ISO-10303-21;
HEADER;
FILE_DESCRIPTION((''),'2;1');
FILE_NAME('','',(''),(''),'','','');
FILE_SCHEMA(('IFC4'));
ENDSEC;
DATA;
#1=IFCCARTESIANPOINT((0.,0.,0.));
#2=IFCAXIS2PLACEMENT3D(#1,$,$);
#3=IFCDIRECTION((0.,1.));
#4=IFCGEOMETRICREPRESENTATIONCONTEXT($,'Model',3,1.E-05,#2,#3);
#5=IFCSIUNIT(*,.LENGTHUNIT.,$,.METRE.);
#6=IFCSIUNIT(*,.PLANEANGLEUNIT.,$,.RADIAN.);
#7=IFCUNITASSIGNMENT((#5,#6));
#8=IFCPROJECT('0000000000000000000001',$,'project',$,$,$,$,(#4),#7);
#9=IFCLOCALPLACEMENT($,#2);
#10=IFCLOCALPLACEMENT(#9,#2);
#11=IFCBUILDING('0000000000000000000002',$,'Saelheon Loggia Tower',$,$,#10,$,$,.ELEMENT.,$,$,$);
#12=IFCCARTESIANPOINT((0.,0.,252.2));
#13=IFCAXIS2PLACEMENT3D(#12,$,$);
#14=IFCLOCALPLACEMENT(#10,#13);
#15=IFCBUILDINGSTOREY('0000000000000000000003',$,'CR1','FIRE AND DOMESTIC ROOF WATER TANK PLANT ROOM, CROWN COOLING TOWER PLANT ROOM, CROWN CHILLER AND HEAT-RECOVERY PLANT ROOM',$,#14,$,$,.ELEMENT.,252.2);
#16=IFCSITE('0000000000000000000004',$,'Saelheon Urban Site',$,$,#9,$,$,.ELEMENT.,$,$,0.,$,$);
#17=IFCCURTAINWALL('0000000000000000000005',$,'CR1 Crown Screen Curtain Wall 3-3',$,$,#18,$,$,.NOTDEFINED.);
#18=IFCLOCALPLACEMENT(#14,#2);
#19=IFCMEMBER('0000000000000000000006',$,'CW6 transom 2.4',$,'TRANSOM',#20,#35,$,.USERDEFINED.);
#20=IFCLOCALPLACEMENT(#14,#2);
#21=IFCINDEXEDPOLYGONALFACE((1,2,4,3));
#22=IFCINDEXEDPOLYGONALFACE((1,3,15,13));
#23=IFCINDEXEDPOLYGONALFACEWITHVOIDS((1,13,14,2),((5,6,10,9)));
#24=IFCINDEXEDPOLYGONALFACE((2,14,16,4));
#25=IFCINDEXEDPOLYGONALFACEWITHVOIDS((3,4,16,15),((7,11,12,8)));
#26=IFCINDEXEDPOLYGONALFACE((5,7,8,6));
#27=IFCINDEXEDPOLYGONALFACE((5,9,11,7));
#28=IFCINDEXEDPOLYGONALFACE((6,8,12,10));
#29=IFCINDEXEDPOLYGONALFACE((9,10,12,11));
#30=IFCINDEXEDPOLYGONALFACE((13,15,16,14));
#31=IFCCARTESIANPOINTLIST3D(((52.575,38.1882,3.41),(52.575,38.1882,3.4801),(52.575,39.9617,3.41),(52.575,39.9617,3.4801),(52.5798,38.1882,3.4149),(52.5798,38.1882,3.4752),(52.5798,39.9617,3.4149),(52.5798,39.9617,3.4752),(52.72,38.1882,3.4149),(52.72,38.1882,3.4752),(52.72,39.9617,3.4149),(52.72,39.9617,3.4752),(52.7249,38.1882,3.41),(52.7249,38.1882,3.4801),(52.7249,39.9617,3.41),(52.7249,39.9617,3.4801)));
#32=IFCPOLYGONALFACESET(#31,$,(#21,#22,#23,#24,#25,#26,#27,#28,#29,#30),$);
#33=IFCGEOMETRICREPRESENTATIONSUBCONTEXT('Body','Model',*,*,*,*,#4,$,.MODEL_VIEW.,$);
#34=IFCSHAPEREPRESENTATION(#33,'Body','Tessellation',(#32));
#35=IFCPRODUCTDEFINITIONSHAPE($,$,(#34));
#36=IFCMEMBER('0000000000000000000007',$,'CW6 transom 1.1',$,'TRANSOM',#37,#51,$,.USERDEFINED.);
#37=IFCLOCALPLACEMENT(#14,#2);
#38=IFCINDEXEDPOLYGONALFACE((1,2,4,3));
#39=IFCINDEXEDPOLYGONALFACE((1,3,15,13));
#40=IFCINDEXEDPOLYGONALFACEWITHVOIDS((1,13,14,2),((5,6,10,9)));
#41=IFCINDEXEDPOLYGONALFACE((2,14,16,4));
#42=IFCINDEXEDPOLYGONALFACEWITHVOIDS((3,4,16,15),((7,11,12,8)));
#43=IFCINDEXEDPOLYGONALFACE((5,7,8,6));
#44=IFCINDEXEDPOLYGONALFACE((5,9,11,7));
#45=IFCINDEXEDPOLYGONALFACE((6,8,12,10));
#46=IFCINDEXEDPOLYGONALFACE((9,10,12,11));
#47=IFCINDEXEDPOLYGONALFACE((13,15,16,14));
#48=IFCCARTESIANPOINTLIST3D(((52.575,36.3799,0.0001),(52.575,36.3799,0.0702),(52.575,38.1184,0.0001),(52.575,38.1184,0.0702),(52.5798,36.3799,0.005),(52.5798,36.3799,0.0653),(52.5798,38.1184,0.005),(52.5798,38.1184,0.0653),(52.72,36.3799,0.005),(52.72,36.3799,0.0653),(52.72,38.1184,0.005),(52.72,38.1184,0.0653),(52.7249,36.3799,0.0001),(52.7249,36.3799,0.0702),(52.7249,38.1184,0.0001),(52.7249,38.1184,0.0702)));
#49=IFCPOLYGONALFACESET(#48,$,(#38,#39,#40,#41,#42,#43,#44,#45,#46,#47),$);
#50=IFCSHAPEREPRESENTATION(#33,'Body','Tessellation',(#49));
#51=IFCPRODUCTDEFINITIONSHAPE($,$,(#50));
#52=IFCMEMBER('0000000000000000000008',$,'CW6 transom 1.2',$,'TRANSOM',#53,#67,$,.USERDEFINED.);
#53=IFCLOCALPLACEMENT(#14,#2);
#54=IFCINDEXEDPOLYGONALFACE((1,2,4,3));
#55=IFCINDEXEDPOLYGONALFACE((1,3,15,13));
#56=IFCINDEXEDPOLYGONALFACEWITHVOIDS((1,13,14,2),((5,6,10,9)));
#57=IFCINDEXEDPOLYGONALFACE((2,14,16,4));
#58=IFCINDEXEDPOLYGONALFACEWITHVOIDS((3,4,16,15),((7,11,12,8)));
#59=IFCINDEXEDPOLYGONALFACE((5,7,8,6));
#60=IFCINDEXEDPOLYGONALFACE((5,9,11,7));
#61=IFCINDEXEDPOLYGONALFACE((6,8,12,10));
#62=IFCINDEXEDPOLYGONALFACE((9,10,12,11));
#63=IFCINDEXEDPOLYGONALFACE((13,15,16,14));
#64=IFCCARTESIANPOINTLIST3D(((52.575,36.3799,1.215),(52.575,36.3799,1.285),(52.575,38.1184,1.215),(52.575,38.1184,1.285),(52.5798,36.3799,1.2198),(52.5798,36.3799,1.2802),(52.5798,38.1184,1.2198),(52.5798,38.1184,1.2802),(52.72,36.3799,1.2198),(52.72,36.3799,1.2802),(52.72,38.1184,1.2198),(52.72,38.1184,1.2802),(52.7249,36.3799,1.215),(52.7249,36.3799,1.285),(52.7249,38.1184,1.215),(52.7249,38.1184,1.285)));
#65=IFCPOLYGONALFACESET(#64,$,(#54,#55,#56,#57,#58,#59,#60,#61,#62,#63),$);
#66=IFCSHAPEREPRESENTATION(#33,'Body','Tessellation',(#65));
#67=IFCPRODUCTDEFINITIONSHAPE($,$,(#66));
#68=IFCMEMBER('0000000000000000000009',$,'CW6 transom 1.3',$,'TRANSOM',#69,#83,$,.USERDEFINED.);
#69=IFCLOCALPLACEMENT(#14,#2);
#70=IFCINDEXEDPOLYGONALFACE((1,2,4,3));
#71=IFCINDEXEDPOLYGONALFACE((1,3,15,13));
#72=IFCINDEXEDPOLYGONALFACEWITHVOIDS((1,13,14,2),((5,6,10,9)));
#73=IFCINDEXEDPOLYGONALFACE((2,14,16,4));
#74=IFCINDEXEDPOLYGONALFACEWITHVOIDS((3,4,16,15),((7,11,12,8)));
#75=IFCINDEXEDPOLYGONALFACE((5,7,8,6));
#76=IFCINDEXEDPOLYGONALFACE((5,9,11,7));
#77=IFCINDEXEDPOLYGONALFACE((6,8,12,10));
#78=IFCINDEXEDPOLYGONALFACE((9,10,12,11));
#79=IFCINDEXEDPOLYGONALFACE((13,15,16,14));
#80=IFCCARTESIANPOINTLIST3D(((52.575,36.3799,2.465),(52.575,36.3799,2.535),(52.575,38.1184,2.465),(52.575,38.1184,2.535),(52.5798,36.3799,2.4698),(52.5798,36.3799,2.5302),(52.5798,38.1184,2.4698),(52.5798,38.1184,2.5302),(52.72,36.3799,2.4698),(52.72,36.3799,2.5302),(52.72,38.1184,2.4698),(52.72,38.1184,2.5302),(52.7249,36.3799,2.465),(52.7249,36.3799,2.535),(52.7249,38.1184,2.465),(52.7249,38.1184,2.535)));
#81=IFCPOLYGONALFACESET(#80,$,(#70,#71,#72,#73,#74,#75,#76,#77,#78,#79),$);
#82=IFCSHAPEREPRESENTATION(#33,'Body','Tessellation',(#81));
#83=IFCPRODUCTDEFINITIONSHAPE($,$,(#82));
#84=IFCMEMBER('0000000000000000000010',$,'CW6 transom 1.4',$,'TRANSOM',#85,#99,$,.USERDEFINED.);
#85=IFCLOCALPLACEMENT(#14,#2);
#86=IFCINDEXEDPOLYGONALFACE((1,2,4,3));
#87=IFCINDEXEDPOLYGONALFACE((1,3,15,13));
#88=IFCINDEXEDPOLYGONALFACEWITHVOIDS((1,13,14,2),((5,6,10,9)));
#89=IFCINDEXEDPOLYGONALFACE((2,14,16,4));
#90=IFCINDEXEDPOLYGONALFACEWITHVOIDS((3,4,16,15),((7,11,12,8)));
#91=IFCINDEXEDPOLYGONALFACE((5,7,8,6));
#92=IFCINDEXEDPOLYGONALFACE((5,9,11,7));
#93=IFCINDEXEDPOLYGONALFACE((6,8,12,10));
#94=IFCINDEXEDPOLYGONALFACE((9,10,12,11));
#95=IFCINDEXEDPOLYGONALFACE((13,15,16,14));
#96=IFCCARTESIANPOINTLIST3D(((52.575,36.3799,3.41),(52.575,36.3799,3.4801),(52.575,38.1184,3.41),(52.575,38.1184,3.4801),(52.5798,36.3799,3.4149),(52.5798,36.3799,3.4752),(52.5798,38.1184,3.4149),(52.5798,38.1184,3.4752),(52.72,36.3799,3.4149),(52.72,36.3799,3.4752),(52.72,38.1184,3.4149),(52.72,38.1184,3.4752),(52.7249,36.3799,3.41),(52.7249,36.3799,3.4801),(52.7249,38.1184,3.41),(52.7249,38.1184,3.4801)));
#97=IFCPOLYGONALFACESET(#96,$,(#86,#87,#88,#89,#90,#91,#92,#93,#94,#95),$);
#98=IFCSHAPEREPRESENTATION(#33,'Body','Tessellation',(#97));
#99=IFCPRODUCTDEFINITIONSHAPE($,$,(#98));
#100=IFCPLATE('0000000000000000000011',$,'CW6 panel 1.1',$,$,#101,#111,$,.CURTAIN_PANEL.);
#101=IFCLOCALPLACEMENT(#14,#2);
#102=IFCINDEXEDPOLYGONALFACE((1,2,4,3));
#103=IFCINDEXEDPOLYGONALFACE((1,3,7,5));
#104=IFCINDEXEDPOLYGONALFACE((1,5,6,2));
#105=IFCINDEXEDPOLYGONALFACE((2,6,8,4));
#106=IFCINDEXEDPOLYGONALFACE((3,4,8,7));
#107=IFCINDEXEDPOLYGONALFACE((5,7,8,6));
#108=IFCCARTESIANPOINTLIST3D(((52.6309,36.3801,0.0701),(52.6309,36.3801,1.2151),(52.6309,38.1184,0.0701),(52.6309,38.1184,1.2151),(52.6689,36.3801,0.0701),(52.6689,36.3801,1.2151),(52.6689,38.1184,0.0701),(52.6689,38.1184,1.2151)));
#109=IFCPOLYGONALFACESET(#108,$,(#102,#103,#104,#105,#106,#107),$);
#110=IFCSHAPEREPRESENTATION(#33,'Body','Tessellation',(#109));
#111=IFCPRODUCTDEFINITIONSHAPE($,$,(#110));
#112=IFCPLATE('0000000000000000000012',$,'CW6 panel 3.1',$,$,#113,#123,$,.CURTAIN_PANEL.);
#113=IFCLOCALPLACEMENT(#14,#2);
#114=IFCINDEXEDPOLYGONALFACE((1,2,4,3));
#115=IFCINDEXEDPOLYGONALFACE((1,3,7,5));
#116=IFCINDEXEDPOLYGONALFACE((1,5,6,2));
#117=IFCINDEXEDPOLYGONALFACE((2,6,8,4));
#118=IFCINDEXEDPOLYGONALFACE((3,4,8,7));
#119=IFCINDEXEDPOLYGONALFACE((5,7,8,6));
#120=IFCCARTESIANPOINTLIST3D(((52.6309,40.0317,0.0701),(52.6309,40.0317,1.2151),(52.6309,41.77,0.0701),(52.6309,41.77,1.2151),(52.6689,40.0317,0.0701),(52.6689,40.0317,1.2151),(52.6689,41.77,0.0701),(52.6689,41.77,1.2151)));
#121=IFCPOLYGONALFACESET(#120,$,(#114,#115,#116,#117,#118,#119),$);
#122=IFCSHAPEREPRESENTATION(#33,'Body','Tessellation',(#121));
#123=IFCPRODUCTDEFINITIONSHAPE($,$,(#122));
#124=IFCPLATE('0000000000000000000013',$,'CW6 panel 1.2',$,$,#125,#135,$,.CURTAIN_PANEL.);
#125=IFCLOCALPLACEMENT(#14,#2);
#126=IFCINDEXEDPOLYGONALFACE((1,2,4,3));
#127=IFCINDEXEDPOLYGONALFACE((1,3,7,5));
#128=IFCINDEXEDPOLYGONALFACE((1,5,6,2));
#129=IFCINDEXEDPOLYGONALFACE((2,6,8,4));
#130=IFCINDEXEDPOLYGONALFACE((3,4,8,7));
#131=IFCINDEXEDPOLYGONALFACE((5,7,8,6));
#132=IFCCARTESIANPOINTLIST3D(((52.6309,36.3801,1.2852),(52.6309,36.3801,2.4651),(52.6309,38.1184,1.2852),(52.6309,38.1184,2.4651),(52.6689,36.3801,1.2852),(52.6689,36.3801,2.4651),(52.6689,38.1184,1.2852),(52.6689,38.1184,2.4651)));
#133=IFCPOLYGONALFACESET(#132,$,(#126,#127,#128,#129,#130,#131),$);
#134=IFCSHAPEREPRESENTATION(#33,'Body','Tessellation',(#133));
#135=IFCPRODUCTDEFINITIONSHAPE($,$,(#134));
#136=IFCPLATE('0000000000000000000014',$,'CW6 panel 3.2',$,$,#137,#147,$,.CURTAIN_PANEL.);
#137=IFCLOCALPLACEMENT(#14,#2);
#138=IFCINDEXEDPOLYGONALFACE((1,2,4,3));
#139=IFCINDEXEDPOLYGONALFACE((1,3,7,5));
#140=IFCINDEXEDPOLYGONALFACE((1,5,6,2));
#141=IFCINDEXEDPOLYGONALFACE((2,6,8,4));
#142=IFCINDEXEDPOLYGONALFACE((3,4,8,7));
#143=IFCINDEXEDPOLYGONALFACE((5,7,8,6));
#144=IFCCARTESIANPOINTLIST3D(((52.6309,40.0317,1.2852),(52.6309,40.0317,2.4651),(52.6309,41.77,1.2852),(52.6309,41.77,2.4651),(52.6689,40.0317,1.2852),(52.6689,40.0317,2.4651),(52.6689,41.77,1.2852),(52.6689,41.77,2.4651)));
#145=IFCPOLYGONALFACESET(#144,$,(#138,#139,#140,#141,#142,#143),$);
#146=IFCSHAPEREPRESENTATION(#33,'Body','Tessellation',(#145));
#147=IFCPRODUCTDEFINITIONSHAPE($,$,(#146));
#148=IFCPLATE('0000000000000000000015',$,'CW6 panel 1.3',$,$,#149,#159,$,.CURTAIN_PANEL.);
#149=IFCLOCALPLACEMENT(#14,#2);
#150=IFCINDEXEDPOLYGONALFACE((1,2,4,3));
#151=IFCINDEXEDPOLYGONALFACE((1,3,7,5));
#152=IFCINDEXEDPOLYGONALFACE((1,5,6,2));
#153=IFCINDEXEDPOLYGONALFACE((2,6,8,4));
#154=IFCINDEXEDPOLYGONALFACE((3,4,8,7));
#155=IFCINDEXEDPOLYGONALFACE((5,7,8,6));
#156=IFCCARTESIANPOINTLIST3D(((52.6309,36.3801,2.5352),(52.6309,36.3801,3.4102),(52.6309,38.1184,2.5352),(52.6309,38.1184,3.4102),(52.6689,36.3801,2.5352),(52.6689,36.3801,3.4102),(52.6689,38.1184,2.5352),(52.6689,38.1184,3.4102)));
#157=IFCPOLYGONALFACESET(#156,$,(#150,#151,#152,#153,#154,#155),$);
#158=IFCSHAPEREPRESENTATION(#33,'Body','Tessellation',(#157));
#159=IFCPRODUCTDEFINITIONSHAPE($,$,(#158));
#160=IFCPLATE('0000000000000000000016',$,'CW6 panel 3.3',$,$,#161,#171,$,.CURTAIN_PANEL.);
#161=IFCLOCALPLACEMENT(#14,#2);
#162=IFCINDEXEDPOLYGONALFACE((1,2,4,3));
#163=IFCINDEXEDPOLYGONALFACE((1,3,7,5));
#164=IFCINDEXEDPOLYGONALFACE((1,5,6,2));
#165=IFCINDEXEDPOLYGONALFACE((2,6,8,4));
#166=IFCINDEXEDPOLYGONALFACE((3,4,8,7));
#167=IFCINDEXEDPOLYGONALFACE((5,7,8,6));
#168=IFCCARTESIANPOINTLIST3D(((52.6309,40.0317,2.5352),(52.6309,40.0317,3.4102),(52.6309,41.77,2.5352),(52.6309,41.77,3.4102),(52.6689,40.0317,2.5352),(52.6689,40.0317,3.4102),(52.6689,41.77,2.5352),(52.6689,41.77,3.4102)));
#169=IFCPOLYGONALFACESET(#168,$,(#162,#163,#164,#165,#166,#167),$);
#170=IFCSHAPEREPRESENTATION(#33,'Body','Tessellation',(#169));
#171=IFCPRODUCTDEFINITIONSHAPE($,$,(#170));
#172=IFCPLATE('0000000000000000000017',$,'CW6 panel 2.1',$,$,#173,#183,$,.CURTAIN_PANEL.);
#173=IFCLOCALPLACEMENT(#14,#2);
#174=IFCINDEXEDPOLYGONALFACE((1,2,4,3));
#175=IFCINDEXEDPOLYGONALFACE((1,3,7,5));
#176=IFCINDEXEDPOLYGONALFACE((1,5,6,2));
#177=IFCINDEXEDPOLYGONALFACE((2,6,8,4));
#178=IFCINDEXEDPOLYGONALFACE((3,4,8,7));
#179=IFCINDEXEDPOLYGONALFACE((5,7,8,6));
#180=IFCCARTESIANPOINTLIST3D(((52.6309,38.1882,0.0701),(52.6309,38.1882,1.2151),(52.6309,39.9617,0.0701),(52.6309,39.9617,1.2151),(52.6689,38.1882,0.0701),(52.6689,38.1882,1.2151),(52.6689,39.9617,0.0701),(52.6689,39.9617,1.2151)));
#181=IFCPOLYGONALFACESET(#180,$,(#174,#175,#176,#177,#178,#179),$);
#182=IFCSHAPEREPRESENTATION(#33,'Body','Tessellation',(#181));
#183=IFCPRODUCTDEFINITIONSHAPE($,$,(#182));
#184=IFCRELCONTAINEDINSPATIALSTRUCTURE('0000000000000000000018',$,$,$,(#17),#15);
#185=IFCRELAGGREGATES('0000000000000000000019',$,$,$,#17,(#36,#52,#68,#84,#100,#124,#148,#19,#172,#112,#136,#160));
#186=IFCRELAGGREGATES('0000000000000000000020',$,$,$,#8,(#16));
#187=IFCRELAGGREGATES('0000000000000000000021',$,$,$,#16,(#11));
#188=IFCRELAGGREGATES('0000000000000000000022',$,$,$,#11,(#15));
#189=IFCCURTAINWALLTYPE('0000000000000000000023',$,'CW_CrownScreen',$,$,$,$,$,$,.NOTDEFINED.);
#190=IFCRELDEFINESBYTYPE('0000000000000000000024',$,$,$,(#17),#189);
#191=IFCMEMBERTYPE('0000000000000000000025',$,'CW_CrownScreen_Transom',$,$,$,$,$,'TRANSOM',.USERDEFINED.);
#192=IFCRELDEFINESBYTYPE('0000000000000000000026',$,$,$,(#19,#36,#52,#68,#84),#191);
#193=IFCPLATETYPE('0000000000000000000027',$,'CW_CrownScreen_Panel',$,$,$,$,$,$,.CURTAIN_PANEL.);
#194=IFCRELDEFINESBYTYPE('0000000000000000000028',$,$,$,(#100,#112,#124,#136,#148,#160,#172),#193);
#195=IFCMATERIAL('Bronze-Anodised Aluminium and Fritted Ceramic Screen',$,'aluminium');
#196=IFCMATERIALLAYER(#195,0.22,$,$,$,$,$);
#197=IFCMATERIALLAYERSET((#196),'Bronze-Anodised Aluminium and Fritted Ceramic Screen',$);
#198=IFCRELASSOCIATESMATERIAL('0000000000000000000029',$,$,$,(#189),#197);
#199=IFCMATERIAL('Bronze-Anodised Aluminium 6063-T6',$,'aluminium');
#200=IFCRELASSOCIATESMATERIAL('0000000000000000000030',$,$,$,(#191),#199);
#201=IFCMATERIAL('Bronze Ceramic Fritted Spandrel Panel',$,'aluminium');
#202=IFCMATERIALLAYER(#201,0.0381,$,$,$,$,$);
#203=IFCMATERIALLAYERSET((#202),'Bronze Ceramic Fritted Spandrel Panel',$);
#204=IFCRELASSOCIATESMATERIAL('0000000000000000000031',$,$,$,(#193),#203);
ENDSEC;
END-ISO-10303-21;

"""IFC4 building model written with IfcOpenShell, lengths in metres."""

from ifc_helpers import new_model, si_unit, direction, frame, origin, origin_2d, place, context, subcontext, project, spatial, rectangle, hollow_rectangle, extrude, source, transform, mapped, material, layer, layer_set, material_profile, profile_set, type_object, element, aggregate, save


model = new_model("IFC4")

# Units and contexts
model_context = context("Model", 3, precision=1e-05, world=origin(), true_north=direction((0.0, 1.0)))
body_context = subcontext(model_context, "Body", "Model", "MODEL_VIEW")
ifc_project = project(units=[si_unit("LENGTHUNIT", "METRE"), si_unit("PLANEANGLEUNIT", "RADIAN")], contexts=[model_context])

# Site, building, storey
site_placement = place(None, origin())
site = spatial("IfcSite", under=ifc_project, at=site_placement, Name="Saelheon Urban Site", CompositionType="ELEMENT", RefElevation=0.0)
building_placement = place(site_placement, origin())
building = spatial("IfcBuilding", under=site, at=building_placement, Name="Saelheon Loggia Tower", CompositionType="ELEMENT")
storey_placement = place(building_placement, frame((0.0, 0.0, 252.2)))
storey = spatial("IfcBuildingStorey", under=building, at=storey_placement, Name="CR1", Description="FIRE AND DOMESTIC ROOF WATER TANK PLANT ROOM, CROWN COOLING TOWER PLANT ROOM, CROWN CHILLER AND HEAT-RECOVERY PLANT ROOM", CompositionType="ELEMENT", Elevation=252.2)

# Curtain wall, members, plates
ifc_material_1 = material(Name="Bronze-Anodised Aluminium and Fritted Ceramic Screen", Category="aluminium")
ifc_layer_1 = layer(ifc_material_1, 0.22)
ifc_layer_set_1 = layer_set([ifc_layer_1], Name="Bronze-Anodised Aluminium and Fritted Ceramic Screen")
curtain_wall_type = type_object("IfcCurtainWallType", Name="CW_CrownScreen", PredefinedType="NOTDEFINED", material=ifc_layer_set_1)
curtain_wall_placement = place(storey_placement, origin())
curtain_wall = element("IfcCurtainWall", 1, at=curtain_wall_placement, inside=storey, type_object=curtain_wall_type, Name="CR1 Crown Screen Curtain Wall 3-3", PredefinedType="NOTDEFINED")
ifc_material_2 = material(Name="Bronze-Anodised Aluminium 6063-T6", Category="aluminium")
ifc_material_profile_1 = material_profile(ifc_material_2, hollow_rectangle(XDim=0.0701, YDim=0.1499, WallThickness=0.0049, at=origin_2d()), Name="RHS-150x70x5")
ifc_profile_set_1 = profile_set([ifc_material_profile_1], Name="Bronze-Anodised Aluminium 6063-T6")
member_type_1 = type_object("IfcMemberType", Name="CW_CrownScreen_Transom", ElementType="TRANSOM", PredefinedType="USERDEFINED", material=ifc_profile_set_1)
shared_shape_1 = source(origin(), body_context, "Body", "SweptSolid", [
    extrude(hollow_rectangle(XDim=0.0701, YDim=0.1499, WallThickness=0.0049, at=origin_2d()), origin(), (0.0, 0.0, 1.0), 1.7734),
])
member_1_placement = place(storey_placement, frame((52.6499, 38.1882, 3.4451), z_axis=(0.0, 1.0, 0.0), x_axis=(0.0, 0.0, 1.0)))
member_1 = element("IfcMember", 2, at=member_1_placement, type_object=member_type_1, Name="CW6 transom 2.4", ObjectType="TRANSOM", PredefinedType="USERDEFINED", context=body_context, shape_type="MappedRepresentation", body=[
    mapped(shared_shape_1, transform((0.0, 0.0, 0.0), scale=1.0)),
])
shared_shape_2 = source(origin(), body_context, "Body", "SweptSolid", [
    extrude(hollow_rectangle(XDim=0.0701, YDim=0.1499, WallThickness=0.0049, at=origin_2d()), origin(), (0.0, 0.0, 1.0), 1.7385),
])
member_2_placement = place(storey_placement, frame((52.6499, 36.3799, 0.0352), z_axis=(0.0, 1.0, 0.0), x_axis=(0.0, 0.0, 1.0)))
member_2 = element("IfcMember", 3, at=member_2_placement, type_object=member_type_1, Name="CW6 transom 1.1", ObjectType="TRANSOM", PredefinedType="USERDEFINED", context=body_context, shape_type="MappedRepresentation", body=[
    mapped(shared_shape_2, transform((0.0, 0.0, 0.0), scale=1.0)),
])
member_3_placement = place(storey_placement, frame((52.6499, 36.3799, 1.25), z_axis=(0.0, 1.0, 0.0), x_axis=(0.0, 0.0, 1.0)))
member_3 = element("IfcMember", 4, at=member_3_placement, type_object=member_type_1, Name="CW6 transom 1.2", ObjectType="TRANSOM", PredefinedType="USERDEFINED", context=body_context, shape_type="MappedRepresentation", body=[
    mapped(shared_shape_2, transform((0.0, 0.0, 0.0), scale=1.0)),
])
member_4_placement = place(storey_placement, frame((52.6499, 36.3799, 2.5), z_axis=(0.0, 1.0, 0.0), x_axis=(0.0, 0.0, 1.0)))
member_4 = element("IfcMember", 5, at=member_4_placement, type_object=member_type_1, Name="CW6 transom 1.3", ObjectType="TRANSOM", PredefinedType="USERDEFINED", context=body_context, shape_type="MappedRepresentation", body=[
    mapped(shared_shape_2, transform((0.0, 0.0, 0.0), scale=1.0)),
])
member_5_placement = place(storey_placement, frame((52.6499, 36.3799, 3.4451), z_axis=(0.0, 1.0, 0.0), x_axis=(0.0, 0.0, 1.0)))
member_5 = element("IfcMember", 6, at=member_5_placement, type_object=member_type_1, Name="CW6 transom 1.4", ObjectType="TRANSOM", PredefinedType="USERDEFINED", context=body_context, shape_type="MappedRepresentation", body=[
    mapped(shared_shape_2, transform((0.0, 0.0, 0.0), scale=1.0)),
])
ifc_material_3 = material(Name="Bronze Ceramic Fritted Spandrel Panel", Category="aluminium")
ifc_layer_2 = layer(ifc_material_3, 0.0381)
ifc_layer_set_2 = layer_set([ifc_layer_2], Name="Bronze Ceramic Fritted Spandrel Panel")
plate_type = type_object("IfcPlateType", Name="CW_CrownScreen_Panel", PredefinedType="CURTAIN_PANEL", material=ifc_layer_set_2)
shared_shape_3 = source(origin(), body_context, "Body", "SweptSolid", [
    extrude(rectangle(XDim=1.7383, YDim=0.0381, at=origin_2d()), origin(), (0.0, 0.0, 1.0), 1.145),
])
plate_1_placement = place(storey_placement, frame((52.6499, 37.2493, 0.0701), z_axis=(0.0, 0.0, 1.0), x_axis=(0.0, 1.0, 0.0)))
plate_1 = element("IfcPlate", 7, at=plate_1_placement, type_object=plate_type, Name="CW6 panel 1.1", PredefinedType="CURTAIN_PANEL", context=body_context, shape_type="MappedRepresentation", body=[
    mapped(shared_shape_3, transform((0.0, 0.0, 0.0), scale=1.0)),
])
plate_2_placement = place(storey_placement, frame((52.6499, 40.9009, 0.0701), z_axis=(0.0, 0.0, 1.0), x_axis=(0.0, 1.0, 0.0)))
plate_2 = element("IfcPlate", 8, at=plate_2_placement, type_object=plate_type, Name="CW6 panel 3.1", PredefinedType="CURTAIN_PANEL", context=body_context, shape_type="MappedRepresentation", body=[
    mapped(shared_shape_3, transform((0.0, 0.0, 0.0), scale=1.0)),
])
shared_shape_4 = source(origin(), body_context, "Body", "SweptSolid", [
    extrude(rectangle(XDim=1.7383, YDim=0.0381, at=origin_2d()), origin(), (0.0, 0.0, 1.0), 1.1799),
])
plate_3_placement = place(storey_placement, frame((52.6499, 37.2493, 1.2852), z_axis=(0.0, 0.0, 1.0), x_axis=(0.0, 1.0, 0.0)))
plate_3 = element("IfcPlate", 9, at=plate_3_placement, type_object=plate_type, Name="CW6 panel 1.2", PredefinedType="CURTAIN_PANEL", context=body_context, shape_type="MappedRepresentation", body=[
    mapped(shared_shape_4, transform((0.0, 0.0, 0.0), scale=1.0)),
])
plate_4_placement = place(storey_placement, frame((52.6499, 40.9009, 1.2852), z_axis=(0.0, 0.0, 1.0), x_axis=(0.0, 1.0, 0.0)))
plate_4 = element("IfcPlate", 10, at=plate_4_placement, type_object=plate_type, Name="CW6 panel 3.2", PredefinedType="CURTAIN_PANEL", context=body_context, shape_type="MappedRepresentation", body=[
    mapped(shared_shape_4, transform((0.0, 0.0, 0.0), scale=1.0)),
])
shared_shape_5 = source(origin(), body_context, "Body", "SweptSolid", [
    extrude(rectangle(XDim=1.7383, YDim=0.0381, at=origin_2d()), origin(), (0.0, 0.0, 1.0), 0.875),
])
plate_5_placement = place(storey_placement, frame((52.6499, 37.2493, 2.5352), z_axis=(0.0, 0.0, 1.0), x_axis=(0.0, 1.0, 0.0)))
plate_5 = element("IfcPlate", 11, at=plate_5_placement, type_object=plate_type, Name="CW6 panel 1.3", PredefinedType="CURTAIN_PANEL", context=body_context, shape_type="MappedRepresentation", body=[
    mapped(shared_shape_5, transform((0.0, 0.0, 0.0), scale=1.0)),
])
plate_6_placement = place(storey_placement, frame((52.6499, 40.9009, 2.5352), z_axis=(0.0, 0.0, 1.0), x_axis=(0.0, 1.0, 0.0)))
plate_6 = element("IfcPlate", 12, at=plate_6_placement, type_object=plate_type, Name="CW6 panel 3.3", PredefinedType="CURTAIN_PANEL", context=body_context, shape_type="MappedRepresentation", body=[
    mapped(shared_shape_5, transform((0.0, 0.0, 0.0), scale=1.0)),
])
shared_shape_6 = source(origin(), body_context, "Body", "SweptSolid", [
    extrude(rectangle(XDim=1.7734, YDim=0.0381, at=origin_2d()), origin(), (0.0, 0.0, 1.0), 1.145),
])
plate_7_placement = place(storey_placement, frame((52.6499, 39.075, 0.0701), z_axis=(0.0, 0.0, 1.0), x_axis=(0.0, 1.0, 0.0)))
plate_7 = element("IfcPlate", 13, at=plate_7_placement, type_object=plate_type, Name="CW6 panel 2.1", PredefinedType="CURTAIN_PANEL", context=body_context, shape_type="MappedRepresentation", body=[
    mapped(shared_shape_6, transform((0.0, 0.0, 0.0), scale=1.0)),
])
aggregate(curtain_wall, [member_2, member_3, member_4, member_5, plate_1, plate_3, plate_5, member_1, plate_7, plate_2, plate_4, plate_6])

save(model, "model.ifc")
